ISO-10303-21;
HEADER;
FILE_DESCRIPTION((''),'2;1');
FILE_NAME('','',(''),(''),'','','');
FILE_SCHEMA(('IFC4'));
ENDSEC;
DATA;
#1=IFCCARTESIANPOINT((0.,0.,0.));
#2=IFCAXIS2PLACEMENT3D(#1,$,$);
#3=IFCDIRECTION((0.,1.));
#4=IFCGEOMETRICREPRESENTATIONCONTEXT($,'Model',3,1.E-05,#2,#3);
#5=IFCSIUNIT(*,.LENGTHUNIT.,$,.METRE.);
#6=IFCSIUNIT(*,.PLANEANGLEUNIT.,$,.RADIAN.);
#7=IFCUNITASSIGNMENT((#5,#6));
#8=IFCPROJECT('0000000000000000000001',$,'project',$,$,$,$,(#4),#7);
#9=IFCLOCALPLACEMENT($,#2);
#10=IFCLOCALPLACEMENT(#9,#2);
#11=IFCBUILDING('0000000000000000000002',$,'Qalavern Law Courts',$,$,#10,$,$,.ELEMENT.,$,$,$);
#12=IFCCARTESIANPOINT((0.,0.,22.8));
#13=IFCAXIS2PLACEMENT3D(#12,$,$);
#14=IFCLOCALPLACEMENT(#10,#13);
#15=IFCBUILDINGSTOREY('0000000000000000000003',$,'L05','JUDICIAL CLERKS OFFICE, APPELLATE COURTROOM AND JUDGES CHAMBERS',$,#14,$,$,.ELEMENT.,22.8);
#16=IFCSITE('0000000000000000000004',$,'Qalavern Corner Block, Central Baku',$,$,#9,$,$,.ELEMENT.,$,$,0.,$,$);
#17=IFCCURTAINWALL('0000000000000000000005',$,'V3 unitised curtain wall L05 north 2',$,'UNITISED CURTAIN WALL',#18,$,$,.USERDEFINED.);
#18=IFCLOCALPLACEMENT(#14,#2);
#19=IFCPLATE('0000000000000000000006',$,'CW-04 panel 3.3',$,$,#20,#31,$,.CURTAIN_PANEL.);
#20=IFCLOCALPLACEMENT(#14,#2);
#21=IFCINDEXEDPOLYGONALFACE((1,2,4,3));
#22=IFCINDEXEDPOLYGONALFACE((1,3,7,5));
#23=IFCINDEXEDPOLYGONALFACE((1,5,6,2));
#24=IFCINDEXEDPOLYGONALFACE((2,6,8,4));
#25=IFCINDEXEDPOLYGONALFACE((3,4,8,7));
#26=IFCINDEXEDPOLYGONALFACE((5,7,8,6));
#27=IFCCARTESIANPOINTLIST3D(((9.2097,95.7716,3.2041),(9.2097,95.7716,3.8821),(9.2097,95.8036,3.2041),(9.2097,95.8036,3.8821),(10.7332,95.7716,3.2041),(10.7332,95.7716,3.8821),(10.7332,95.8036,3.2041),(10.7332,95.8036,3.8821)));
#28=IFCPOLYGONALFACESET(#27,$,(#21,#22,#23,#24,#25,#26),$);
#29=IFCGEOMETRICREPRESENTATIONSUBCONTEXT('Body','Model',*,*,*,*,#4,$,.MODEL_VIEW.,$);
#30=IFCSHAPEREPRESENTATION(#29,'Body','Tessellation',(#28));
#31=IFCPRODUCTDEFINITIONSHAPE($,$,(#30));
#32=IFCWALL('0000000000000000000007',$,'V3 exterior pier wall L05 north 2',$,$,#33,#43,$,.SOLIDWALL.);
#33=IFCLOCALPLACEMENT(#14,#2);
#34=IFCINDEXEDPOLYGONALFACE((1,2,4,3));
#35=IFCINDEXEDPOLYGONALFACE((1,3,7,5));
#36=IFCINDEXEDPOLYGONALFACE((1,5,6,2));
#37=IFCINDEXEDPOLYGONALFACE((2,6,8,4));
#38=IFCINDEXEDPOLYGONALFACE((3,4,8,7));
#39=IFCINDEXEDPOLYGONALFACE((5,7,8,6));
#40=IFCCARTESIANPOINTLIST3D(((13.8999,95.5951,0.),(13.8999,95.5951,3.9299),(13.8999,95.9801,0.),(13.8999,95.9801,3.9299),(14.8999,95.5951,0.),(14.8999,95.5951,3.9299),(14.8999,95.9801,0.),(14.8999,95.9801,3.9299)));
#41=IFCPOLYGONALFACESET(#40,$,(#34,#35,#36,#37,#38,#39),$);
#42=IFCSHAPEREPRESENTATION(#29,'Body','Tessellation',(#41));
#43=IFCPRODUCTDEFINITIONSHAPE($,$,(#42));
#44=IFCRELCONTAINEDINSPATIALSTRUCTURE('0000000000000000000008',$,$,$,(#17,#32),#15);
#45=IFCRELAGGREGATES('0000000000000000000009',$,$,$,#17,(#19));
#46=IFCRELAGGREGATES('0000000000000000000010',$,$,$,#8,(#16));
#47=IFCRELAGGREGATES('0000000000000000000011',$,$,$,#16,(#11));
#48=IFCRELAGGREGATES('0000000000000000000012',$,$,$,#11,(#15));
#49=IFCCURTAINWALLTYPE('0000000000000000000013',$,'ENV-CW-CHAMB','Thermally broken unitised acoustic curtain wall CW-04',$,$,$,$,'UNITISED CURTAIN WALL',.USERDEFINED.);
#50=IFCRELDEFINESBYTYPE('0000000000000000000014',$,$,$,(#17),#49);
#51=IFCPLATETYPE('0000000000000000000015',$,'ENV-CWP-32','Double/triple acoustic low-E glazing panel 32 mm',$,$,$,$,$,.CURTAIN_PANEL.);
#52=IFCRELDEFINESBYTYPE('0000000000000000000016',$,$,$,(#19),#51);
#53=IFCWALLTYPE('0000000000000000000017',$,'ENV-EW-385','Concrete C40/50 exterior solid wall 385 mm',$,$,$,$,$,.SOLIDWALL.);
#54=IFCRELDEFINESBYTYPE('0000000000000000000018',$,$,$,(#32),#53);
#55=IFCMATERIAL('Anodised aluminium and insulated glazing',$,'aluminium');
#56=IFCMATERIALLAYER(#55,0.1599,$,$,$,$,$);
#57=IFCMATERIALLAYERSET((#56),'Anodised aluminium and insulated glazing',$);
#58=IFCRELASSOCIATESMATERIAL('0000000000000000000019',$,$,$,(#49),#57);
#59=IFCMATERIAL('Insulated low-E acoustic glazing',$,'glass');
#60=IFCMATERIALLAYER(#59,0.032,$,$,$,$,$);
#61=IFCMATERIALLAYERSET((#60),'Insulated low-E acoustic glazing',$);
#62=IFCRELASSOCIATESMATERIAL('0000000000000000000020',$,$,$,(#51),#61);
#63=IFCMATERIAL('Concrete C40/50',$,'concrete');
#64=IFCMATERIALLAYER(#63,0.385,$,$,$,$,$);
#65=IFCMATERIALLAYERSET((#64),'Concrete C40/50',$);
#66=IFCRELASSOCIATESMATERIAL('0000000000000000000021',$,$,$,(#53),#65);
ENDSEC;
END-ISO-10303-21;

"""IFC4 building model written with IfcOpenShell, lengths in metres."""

from ifc_helpers import new_model, si_unit, direction, frame, frame_2d, origin, origin_2d, place, context, subcontext, project, spatial, rectangle, extrude, material, layer, layer_set, type_object, element, aggregate, save


model = new_model("IFC4")

# Units and contexts
model_context = context("Model", 3, precision=1e-05, world=origin(), true_north=direction((0.0, 1.0)))
body_context = subcontext(model_context, "Body", "Model", "MODEL_VIEW")
ifc_project = project(units=[si_unit("LENGTHUNIT", "METRE"), si_unit("PLANEANGLEUNIT", "RADIAN")], contexts=[model_context])

# Site, building, storey
site_placement = place(None, origin())
site = spatial("IfcSite", under=ifc_project, at=site_placement, Name="Qalavern Corner Block, Central Baku", CompositionType="ELEMENT", RefElevation=0.0)
building_placement = place(site_placement, origin())
building = spatial("IfcBuilding", under=site, at=building_placement, Name="Qalavern Law Courts", CompositionType="ELEMENT")
storey_placement = place(building_placement, frame((0.0, 0.0, 22.8)))
storey = spatial("IfcBuildingStorey", under=building, at=storey_placement, Name="L05", Description="JUDICIAL CLERKS OFFICE, APPELLATE COURTROOM AND JUDGES CHAMBERS", CompositionType="ELEMENT", Elevation=22.8)

# Curtain wall
ifc_material_1 = material(Name="Anodised aluminium and insulated glazing", Category="aluminium")
ifc_layer_1 = layer(ifc_material_1, 0.1599)
ifc_layer_set_1 = layer_set([ifc_layer_1], Name="Anodised aluminium and insulated glazing")
curtain_wall_type = type_object("IfcCurtainWallType", Name="ENV-CW-CHAMB", Description="Thermally broken unitised acoustic curtain wall CW-04", ElementType="UNITISED CURTAIN WALL", PredefinedType="USERDEFINED", material=ifc_layer_set_1)
curtain_wall_1_placement = place(storey_placement, origin())
curtain_wall_1 = element("IfcCurtainWall", 1, at=curtain_wall_1_placement, inside=storey, type_object=curtain_wall_type, Name="V3 unitised curtain wall L05 north 2", ObjectType="UNITISED CURTAIN WALL", PredefinedType="USERDEFINED")

# Plate
ifc_material_2 = material(Name="Insulated low-E acoustic glazing", Category="glass")
ifc_layer_2 = layer(ifc_material_2, 0.032)
ifc_layer_set_2 = layer_set([ifc_layer_2], Name="Insulated low-E acoustic glazing")
plate_type_1 = type_object("IfcPlateType", Name="ENV-CWP-32", Description="Double/triple acoustic low-E glazing panel 32 mm", PredefinedType="CURTAIN_PANEL", material=ifc_layer_set_2)
plate_1_placement = place(storey_placement, frame((9.9714, 95.7876, 3.2041), z_axis=(0.0, 0.0, 1.0), x_axis=(-1.0, 0.0, 0.0)))
plate_1 = element("IfcPlate", 2, at=plate_1_placement, type_object=plate_type_1, Name="CW-04 panel 3.3", PredefinedType="CURTAIN_PANEL", context=body_context, shape_type="SweptSolid", body=[
    extrude(rectangle(XDim=1.5234, YDim=0.032, at=origin_2d()), origin(), (0.0, 0.0, 1.0), 0.678),
])
aggregate(curtain_wall_1, [plate_1])

# Wall
ifc_material_3 = material(Name="Concrete C40/50", Category="concrete")
ifc_layer_3 = layer(ifc_material_3, 0.385)
ifc_layer_set_3 = layer_set([ifc_layer_3], Name="Concrete C40/50")
wall_type = type_object("IfcWallType", Name="ENV-EW-385", Description="Concrete C40/50 exterior solid wall 385 mm", PredefinedType="SOLIDWALL", material=ifc_layer_set_3)
wall_placement = place(storey_placement, frame((14.8999, 95.7876, 0.0), z_axis=(0.0, 0.0, 1.0), x_axis=(-1.0, 0.0, 0.0)))
element("IfcWall", 3, at=wall_placement, inside=storey, type_object=wall_type, Name="V3 exterior pier wall L05 north 2", PredefinedType="SOLIDWALL", context=body_context, shape_type="SweptSolid", body=[
    extrude(rectangle(XDim=1.0, YDim=0.385, at=frame_2d((0.5, 0.0))), origin(), (0.0, 0.0, 1.0), 3.9299),
])

save(model, "model.ifc")
